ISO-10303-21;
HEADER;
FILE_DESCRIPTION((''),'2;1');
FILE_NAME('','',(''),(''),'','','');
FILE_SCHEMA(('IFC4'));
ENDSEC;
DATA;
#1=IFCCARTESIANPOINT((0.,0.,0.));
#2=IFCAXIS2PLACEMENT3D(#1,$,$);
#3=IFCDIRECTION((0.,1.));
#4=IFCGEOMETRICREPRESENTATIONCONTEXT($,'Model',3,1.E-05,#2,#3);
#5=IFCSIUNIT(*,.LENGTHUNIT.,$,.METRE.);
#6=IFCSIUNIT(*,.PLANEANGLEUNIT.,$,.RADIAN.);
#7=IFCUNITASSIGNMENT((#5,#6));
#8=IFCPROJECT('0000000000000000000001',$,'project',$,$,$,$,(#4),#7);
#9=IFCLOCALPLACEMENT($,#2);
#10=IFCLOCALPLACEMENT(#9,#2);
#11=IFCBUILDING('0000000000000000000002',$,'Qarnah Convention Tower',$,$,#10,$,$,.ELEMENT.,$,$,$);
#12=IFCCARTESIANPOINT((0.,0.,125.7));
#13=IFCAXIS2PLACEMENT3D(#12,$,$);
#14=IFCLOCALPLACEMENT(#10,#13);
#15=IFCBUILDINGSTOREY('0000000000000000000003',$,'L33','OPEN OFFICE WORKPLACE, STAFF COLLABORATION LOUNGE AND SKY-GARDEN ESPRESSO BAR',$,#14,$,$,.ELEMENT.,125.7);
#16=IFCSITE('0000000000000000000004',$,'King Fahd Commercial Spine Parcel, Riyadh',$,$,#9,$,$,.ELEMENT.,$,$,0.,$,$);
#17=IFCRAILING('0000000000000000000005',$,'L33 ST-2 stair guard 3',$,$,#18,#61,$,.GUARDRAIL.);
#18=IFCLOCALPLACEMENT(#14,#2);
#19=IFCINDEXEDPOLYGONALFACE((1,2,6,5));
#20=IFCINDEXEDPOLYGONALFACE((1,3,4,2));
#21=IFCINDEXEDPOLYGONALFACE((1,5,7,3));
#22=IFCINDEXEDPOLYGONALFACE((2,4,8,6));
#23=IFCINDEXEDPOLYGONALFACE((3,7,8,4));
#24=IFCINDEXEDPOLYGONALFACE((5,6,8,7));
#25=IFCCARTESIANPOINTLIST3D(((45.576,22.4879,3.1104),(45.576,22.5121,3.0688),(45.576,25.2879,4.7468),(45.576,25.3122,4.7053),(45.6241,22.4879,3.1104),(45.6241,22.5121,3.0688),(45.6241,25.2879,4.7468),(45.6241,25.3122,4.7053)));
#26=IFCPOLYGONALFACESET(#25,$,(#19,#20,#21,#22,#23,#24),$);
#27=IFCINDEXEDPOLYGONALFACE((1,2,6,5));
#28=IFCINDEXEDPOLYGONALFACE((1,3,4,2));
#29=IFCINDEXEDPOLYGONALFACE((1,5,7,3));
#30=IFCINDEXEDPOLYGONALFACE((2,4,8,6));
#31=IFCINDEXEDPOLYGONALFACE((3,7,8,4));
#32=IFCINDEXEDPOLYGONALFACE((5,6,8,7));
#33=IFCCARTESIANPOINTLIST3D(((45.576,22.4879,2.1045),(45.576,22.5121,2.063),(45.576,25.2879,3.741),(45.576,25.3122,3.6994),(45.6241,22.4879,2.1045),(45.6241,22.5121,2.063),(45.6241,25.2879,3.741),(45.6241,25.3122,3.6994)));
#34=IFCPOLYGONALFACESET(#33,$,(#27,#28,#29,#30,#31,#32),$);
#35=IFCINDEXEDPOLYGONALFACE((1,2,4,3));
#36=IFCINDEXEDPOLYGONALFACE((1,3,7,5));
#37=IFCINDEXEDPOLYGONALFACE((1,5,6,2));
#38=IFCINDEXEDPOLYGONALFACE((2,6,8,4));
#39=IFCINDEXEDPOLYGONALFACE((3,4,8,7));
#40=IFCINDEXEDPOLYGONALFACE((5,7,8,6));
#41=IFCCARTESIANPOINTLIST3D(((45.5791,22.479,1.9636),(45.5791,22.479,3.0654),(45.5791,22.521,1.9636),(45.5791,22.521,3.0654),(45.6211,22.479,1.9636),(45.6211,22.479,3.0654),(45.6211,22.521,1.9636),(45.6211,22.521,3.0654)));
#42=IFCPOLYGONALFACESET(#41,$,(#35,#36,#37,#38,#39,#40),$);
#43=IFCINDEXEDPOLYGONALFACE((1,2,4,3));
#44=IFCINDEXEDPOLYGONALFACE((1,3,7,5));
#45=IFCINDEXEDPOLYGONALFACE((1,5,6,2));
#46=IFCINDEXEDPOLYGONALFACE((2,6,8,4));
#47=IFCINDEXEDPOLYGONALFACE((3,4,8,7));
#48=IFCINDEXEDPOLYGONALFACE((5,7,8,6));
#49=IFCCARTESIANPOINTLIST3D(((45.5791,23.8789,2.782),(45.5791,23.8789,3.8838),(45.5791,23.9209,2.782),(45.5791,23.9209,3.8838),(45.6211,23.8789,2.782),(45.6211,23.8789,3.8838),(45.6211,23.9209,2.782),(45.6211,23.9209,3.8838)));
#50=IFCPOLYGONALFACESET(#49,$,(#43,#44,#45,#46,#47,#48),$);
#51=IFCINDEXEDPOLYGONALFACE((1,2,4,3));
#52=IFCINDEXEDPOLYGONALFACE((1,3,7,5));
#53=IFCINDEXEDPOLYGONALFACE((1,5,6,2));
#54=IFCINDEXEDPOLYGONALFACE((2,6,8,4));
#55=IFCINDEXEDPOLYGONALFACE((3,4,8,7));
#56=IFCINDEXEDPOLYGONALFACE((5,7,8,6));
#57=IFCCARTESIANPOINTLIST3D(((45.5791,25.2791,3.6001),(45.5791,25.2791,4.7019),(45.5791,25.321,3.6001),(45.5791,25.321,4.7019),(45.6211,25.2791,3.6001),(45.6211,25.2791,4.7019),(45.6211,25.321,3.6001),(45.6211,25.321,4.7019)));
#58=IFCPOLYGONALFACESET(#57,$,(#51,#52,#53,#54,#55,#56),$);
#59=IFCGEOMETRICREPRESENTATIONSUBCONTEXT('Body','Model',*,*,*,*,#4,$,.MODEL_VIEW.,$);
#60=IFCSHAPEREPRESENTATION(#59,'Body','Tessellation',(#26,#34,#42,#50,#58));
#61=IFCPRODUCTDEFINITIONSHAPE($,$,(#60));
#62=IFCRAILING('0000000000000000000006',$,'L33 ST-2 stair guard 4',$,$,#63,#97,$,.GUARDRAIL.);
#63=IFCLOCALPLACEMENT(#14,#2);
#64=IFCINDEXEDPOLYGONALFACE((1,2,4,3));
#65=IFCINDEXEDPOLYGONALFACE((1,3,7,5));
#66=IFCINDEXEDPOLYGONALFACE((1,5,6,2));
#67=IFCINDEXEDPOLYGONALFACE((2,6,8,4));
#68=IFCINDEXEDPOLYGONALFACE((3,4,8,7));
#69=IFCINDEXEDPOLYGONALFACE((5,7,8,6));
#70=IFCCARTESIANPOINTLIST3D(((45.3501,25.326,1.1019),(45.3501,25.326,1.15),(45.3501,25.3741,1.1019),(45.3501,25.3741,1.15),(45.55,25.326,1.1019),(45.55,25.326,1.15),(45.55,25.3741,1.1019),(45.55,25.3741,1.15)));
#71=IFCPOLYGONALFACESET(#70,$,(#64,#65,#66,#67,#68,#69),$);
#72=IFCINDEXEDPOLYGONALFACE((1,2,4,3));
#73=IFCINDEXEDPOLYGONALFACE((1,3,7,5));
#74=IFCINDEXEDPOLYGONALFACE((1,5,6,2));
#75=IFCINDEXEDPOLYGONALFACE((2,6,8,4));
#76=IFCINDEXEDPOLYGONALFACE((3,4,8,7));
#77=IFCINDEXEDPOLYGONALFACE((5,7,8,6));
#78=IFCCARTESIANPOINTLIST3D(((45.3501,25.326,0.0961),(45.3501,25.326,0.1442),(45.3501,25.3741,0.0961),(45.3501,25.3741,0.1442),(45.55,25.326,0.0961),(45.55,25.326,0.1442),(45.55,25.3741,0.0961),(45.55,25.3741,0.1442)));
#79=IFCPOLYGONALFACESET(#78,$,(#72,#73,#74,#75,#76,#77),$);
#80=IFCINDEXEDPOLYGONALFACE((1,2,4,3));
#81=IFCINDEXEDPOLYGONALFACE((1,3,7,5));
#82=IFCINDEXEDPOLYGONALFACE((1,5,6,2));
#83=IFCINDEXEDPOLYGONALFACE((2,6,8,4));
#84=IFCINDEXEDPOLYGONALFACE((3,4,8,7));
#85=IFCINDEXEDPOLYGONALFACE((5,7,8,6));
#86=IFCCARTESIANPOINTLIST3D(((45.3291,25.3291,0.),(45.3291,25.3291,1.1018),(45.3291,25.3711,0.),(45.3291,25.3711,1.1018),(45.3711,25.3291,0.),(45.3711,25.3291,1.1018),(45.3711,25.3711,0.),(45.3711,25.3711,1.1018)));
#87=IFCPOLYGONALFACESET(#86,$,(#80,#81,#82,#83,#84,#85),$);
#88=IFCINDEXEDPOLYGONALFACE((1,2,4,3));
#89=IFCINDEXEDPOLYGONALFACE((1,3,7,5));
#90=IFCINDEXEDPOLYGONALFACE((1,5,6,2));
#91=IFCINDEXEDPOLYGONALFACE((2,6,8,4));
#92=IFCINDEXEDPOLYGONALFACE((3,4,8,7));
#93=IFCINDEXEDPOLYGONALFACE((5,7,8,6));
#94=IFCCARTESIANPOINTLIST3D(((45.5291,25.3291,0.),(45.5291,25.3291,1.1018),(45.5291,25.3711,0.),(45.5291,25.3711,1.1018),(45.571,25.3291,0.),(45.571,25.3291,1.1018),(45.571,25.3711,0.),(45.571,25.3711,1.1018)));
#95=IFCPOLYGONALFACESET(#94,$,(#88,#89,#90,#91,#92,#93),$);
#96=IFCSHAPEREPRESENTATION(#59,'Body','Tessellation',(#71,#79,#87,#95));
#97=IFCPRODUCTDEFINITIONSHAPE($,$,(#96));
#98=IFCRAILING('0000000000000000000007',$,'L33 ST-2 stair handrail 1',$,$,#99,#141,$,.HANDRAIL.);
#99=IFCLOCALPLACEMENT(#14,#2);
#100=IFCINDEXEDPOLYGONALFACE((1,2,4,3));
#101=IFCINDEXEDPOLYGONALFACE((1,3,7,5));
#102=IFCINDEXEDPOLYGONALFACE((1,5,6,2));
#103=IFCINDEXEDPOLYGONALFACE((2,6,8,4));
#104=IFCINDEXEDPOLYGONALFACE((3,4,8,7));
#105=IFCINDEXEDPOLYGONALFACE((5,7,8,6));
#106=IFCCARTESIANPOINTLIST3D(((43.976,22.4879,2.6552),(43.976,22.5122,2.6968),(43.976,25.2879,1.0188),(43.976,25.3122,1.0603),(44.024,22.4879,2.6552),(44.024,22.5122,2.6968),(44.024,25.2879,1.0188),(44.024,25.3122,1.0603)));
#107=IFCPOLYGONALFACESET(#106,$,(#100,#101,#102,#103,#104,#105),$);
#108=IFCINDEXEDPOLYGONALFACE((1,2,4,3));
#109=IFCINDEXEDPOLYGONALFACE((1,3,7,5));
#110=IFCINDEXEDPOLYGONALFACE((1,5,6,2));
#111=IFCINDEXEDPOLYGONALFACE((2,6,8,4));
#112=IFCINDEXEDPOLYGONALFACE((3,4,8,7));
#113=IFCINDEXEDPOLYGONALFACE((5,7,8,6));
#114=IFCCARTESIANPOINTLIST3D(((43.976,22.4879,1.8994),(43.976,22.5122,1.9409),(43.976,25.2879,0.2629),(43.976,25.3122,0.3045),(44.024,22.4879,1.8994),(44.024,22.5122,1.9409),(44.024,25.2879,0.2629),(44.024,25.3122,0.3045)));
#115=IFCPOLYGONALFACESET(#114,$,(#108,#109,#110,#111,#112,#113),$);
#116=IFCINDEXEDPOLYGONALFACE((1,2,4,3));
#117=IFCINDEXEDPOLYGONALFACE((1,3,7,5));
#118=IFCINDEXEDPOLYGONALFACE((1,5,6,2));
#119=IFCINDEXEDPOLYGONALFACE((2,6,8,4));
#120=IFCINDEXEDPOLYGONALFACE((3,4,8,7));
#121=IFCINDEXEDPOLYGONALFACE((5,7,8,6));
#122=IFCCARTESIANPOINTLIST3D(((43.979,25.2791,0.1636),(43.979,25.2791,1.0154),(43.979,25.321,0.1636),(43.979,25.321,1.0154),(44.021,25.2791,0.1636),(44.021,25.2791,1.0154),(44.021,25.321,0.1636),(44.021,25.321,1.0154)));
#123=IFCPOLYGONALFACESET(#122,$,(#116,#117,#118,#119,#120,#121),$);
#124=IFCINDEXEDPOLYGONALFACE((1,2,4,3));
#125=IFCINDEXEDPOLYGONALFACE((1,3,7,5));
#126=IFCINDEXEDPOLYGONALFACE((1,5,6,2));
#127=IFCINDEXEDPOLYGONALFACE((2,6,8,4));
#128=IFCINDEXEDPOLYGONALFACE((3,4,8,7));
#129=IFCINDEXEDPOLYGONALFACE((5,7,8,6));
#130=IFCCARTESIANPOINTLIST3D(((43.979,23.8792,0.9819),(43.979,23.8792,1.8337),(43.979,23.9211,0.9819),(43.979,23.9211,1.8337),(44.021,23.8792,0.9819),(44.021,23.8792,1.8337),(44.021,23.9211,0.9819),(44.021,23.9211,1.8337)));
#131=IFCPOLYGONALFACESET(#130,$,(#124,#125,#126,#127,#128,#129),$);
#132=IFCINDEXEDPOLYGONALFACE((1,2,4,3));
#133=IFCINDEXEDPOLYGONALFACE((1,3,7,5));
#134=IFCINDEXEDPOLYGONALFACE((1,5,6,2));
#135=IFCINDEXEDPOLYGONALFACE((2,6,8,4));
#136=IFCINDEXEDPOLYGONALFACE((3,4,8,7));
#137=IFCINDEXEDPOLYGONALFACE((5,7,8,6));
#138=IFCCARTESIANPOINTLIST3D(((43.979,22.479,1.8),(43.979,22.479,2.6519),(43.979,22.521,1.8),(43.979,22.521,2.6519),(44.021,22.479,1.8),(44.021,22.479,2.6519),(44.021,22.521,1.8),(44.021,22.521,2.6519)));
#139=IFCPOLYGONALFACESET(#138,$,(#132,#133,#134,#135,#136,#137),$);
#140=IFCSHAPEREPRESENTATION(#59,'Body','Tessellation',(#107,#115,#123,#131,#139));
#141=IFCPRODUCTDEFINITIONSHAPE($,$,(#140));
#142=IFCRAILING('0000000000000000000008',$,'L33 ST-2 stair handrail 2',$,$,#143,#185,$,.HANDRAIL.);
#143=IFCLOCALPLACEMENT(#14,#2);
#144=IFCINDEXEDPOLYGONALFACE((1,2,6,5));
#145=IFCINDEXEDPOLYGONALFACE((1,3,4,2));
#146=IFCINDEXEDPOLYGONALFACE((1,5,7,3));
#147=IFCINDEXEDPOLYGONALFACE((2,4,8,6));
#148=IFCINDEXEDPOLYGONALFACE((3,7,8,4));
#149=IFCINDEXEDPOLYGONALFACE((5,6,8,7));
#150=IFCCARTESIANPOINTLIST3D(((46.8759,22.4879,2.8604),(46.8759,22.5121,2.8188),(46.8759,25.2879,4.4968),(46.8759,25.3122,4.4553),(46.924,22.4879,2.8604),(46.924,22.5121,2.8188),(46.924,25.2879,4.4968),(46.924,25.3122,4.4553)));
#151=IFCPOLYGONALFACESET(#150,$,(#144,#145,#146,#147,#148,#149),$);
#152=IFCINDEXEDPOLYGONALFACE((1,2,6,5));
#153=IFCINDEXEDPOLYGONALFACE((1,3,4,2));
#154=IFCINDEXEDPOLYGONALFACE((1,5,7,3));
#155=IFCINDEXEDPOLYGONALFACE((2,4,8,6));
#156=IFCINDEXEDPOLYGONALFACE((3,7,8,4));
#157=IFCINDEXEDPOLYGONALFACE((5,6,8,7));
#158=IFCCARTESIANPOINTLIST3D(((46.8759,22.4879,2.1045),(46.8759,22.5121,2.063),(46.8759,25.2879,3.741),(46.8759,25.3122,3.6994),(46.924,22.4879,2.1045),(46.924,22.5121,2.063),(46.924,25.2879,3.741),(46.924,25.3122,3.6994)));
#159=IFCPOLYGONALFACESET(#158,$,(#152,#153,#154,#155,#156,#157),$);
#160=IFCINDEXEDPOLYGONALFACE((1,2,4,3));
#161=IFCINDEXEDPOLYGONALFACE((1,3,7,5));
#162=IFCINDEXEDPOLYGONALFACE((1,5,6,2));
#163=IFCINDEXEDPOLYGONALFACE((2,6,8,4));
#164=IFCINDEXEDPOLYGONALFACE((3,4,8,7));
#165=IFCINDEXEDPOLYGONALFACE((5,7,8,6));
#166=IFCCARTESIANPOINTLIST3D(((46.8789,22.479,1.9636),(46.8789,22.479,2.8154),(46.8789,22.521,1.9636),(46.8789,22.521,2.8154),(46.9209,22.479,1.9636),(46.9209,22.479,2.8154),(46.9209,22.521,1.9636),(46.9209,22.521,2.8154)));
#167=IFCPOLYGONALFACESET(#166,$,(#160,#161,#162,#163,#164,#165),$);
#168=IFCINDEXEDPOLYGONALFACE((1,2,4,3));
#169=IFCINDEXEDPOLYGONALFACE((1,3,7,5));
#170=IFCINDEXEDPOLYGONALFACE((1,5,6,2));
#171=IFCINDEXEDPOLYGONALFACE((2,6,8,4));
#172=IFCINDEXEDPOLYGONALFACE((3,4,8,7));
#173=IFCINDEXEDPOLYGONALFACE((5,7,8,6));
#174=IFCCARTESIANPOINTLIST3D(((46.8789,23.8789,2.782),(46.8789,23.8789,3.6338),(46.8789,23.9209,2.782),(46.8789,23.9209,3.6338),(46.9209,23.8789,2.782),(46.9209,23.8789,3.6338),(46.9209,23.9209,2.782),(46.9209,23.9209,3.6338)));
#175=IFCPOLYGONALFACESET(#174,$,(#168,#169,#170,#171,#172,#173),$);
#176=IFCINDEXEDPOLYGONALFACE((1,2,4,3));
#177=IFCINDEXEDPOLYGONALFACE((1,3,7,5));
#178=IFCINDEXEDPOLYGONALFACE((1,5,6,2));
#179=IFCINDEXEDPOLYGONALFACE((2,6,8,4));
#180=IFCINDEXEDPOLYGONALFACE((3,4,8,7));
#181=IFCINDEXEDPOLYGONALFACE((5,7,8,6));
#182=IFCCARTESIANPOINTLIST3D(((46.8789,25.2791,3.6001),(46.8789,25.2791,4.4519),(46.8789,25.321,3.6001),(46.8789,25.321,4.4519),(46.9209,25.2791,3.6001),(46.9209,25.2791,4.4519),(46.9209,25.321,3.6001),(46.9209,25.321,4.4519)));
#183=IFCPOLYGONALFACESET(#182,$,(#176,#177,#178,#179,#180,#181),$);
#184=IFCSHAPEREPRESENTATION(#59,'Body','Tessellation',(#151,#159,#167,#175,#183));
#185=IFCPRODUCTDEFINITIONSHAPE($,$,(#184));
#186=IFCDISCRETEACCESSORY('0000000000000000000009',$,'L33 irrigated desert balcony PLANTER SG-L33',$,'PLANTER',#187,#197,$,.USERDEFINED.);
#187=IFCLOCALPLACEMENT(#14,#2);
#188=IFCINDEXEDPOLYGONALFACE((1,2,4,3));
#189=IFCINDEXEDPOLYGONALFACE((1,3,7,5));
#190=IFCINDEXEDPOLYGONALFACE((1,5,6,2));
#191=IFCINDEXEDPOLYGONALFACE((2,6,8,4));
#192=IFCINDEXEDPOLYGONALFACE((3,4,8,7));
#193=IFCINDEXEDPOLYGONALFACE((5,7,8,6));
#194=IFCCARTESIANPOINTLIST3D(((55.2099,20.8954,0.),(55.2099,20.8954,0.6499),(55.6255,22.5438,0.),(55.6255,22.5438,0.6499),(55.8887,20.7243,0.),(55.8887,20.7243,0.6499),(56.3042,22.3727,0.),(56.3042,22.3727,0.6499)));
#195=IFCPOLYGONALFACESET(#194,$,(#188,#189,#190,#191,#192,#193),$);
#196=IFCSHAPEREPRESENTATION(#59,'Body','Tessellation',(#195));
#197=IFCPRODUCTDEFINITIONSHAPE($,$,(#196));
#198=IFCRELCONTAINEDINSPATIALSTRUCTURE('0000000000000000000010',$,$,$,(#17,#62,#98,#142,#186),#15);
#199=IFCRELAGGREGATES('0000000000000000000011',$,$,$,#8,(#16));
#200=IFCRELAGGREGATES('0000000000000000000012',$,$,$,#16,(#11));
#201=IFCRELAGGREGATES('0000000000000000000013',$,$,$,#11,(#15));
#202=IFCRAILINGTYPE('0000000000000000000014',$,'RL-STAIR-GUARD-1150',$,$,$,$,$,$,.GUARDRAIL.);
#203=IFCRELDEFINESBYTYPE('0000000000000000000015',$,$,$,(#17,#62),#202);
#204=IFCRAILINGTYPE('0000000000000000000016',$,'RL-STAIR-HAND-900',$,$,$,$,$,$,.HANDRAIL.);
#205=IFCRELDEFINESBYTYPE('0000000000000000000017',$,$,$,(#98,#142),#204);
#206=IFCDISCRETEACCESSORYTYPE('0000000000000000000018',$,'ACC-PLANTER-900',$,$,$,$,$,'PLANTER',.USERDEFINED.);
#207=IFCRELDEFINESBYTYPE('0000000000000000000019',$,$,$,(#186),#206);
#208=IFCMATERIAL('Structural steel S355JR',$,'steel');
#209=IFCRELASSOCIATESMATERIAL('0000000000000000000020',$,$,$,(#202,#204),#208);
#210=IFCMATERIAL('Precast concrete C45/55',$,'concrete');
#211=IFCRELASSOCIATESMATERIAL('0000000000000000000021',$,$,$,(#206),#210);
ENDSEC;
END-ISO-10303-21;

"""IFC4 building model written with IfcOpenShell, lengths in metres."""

from ifc_helpers import new_model, si_unit, direction, frame, origin, origin_2d, place, context, subcontext, project, spatial, rectangle, extrude, material, type_object, element, save


model = new_model("IFC4")

# Units and contexts
model_context = context("Model", 3, precision=1e-05, world=origin(), true_north=direction((0.0, 1.0)))
body_context = subcontext(model_context, "Body", "Model", "MODEL_VIEW")
ifc_project = project(units=[si_unit("LENGTHUNIT", "METRE"), si_unit("PLANEANGLEUNIT", "RADIAN")], contexts=[model_context])

# Site, building, storey
site_placement = place(None, origin())
site = spatial("IfcSite", under=ifc_project, at=site_placement, Name="King Fahd Commercial Spine Parcel, Riyadh", CompositionType="ELEMENT", RefElevation=0.0)
building_placement = place(site_placement, origin())
building = spatial("IfcBuilding", under=site, at=building_placement, Name="Qarnah Convention Tower", CompositionType="ELEMENT")
storey_placement = place(building_placement, frame((0.0, 0.0, 125.7)))
storey = spatial("IfcBuildingStorey", under=building, at=storey_placement, Name="L33", Description="OPEN OFFICE WORKPLACE, STAFF COLLABORATION LOUNGE AND SKY-GARDEN ESPRESSO BAR", CompositionType="ELEMENT", Elevation=125.7)

# Shared definitions
ifc_material_1 = material(Name="Structural steel S355JR", Category="steel")

# Shared definitions
ifc_material_2 = material(Name="Precast concrete C45/55", Category="concrete")

# Railings
railing_type_1 = type_object("IfcRailingType", Name="RL-STAIR-GUARD-1150", PredefinedType="GUARDRAIL", material=ifc_material_1)
railing_1_placement = place(storey_placement, frame((45.6001, 22.5, 1.9636)))
element("IfcRailing", 1, at=railing_1_placement, inside=storey, type_object=railing_type_1, Name="L33 ST-2 stair guard 3", PredefinedType="GUARDRAIL", context=body_context, shape_type="SweptSolid", body=[
    extrude(rectangle(XDim=0.0481, YDim=0.0481, at=origin_2d()), frame((0.0, 0.0, 1.126), z_axis=(0.0, 0.863361, 0.504587), x_axis=(-1.0, 0.0, 0.0)), (0.0, 0.0, 1.0), 3.2432),
    extrude(rectangle(XDim=0.0481, YDim=0.0481, at=origin_2d()), frame((0.0, 0.0, 0.1201), z_axis=(0.0, 0.863361, 0.504587), x_axis=(-1.0, 0.0, 0.0)), (0.0, 0.0, 1.0), 3.2432),
    extrude(rectangle(XDim=0.042, YDim=0.042, at=origin_2d()), origin(), (0.0, 0.0, 1.0), 1.1018),
    extrude(rectangle(XDim=0.042, YDim=0.042, at=origin_2d()), frame((0.0, 1.3999, 0.8184)), (0.0, 0.0, 1.0), 1.1018),
    extrude(rectangle(XDim=0.042, YDim=0.042, at=origin_2d()), frame((0.0, 2.8, 1.6365)), (0.0, 0.0, 1.0), 1.1018),
])
railing_2_placement = place(storey_placement, frame((45.3501, 25.3501, 0.0)))
element("IfcRailing", 2, at=railing_2_placement, inside=storey, type_object=railing_type_1, Name="L33 ST-2 stair guard 4", PredefinedType="GUARDRAIL", context=body_context, shape_type="SweptSolid", body=[
    extrude(rectangle(XDim=0.0481, YDim=0.0481, at=origin_2d()), frame((0.0, 0.0, 1.126), z_axis=(1.0, 0.0, 0.0), x_axis=(0.0, 1.0, 0.0)), (0.0, 0.0, 1.0), 0.2),
    extrude(rectangle(XDim=0.0481, YDim=0.0481, at=origin_2d()), frame((0.0, 0.0, 0.1201), z_axis=(1.0, 0.0, 0.0), x_axis=(0.0, 1.0, 0.0)), (0.0, 0.0, 1.0), 0.2),
    extrude(rectangle(XDim=0.042, YDim=0.042, at=origin_2d()), origin(), (0.0, 0.0, 1.0), 1.1018),
    extrude(rectangle(XDim=0.042, YDim=0.042, at=origin_2d()), frame((0.2, 0.0, 0.0)), (0.0, 0.0, 1.0), 1.1018),
])
railing_type_2 = type_object("IfcRailingType", Name="RL-STAIR-HAND-900", PredefinedType="HANDRAIL", material=ifc_material_1)
railing_3_placement = place(storey_placement, frame((44.0, 25.3, 0.1636)))
element("IfcRailing", 3, at=railing_3_placement, inside=storey, type_object=railing_type_2, Name="L33 ST-2 stair handrail 1", PredefinedType="HANDRAIL", context=body_context, shape_type="SweptSolid", body=[
    extrude(rectangle(XDim=0.0481, YDim=0.0481, at=origin_2d()), frame((0.0, 0.0, 0.876), z_axis=(0.0, -0.863361, 0.504587), x_axis=(1.0, 0.0, 0.0)), (0.0, 0.0, 1.0), 3.2432),
    extrude(rectangle(XDim=0.0481, YDim=0.0481, at=origin_2d()), frame((0.0, 0.0, 0.1201), z_axis=(0.0, -0.863361, 0.504587), x_axis=(1.0, 0.0, 0.0)), (0.0, 0.0, 1.0), 3.2432),
    extrude(rectangle(XDim=0.042, YDim=0.042, at=origin_2d()), origin(), (0.0, 0.0, 1.0), 0.8518),
    extrude(rectangle(XDim=0.042, YDim=0.042, at=origin_2d()), frame((0.0, -1.3999, 0.8184)), (0.0, 0.0, 1.0), 0.8518),
    extrude(rectangle(XDim=0.042, YDim=0.042, at=origin_2d()), frame((0.0, -2.8, 1.6365)), (0.0, 0.0, 1.0), 0.8518),
])
railing_4_placement = place(storey_placement, frame((46.8999, 22.5, 1.9636)))
element("IfcRailing", 4, at=railing_4_placement, inside=storey, type_object=railing_type_2, Name="L33 ST-2 stair handrail 2", PredefinedType="HANDRAIL", context=body_context, shape_type="SweptSolid", body=[
    extrude(rectangle(XDim=0.0481, YDim=0.0481, at=origin_2d()), frame((0.0, 0.0, 0.876), z_axis=(0.0, 0.863361, 0.504587), x_axis=(-1.0, 0.0, 0.0)), (0.0, 0.0, 1.0), 3.2432),
    extrude(rectangle(XDim=0.0481, YDim=0.0481, at=origin_2d()), frame((0.0, 0.0, 0.1201), z_axis=(0.0, 0.863361, 0.504587), x_axis=(-1.0, 0.0, 0.0)), (0.0, 0.0, 1.0), 3.2432),
    extrude(rectangle(XDim=0.042, YDim=0.042, at=origin_2d()), origin(), (0.0, 0.0, 1.0), 0.8518),
    extrude(rectangle(XDim=0.042, YDim=0.042, at=origin_2d()), frame((0.0, 1.3999, 0.8184)), (0.0, 0.0, 1.0), 0.8518),
    extrude(rectangle(XDim=0.042, YDim=0.042, at=origin_2d()), frame((0.0, 2.8, 1.6365)), (0.0, 0.0, 1.0), 0.8518),
])

# Discrete accessory
discrete_accessory_type = type_object("IfcDiscreteAccessoryType", Name="ACC-PLANTER-900", ElementType="PLANTER", PredefinedType="USERDEFINED", material=ifc_material_2)
discrete_accessory_placement = place(storey_placement, frame((55.7571, 21.634, 0.0), z_axis=(0.0, 0.0, 1.0), x_axis=(0.244461, 0.969659, 0.0)))
element("IfcDiscreteAccessory", 5, at=discrete_accessory_placement, inside=storey, type_object=discrete_accessory_type, Name="L33 irrigated desert balcony PLANTER SG-L33", ObjectType="PLANTER", PredefinedType="USERDEFINED", context=body_context, shape_type="SweptSolid", body=[
    extrude(rectangle(XDim=1.7, YDim=0.7, at=origin_2d()), origin(), (0.0, 0.0, 1.0), 0.6499),
])

save(model, "model.ifc")
